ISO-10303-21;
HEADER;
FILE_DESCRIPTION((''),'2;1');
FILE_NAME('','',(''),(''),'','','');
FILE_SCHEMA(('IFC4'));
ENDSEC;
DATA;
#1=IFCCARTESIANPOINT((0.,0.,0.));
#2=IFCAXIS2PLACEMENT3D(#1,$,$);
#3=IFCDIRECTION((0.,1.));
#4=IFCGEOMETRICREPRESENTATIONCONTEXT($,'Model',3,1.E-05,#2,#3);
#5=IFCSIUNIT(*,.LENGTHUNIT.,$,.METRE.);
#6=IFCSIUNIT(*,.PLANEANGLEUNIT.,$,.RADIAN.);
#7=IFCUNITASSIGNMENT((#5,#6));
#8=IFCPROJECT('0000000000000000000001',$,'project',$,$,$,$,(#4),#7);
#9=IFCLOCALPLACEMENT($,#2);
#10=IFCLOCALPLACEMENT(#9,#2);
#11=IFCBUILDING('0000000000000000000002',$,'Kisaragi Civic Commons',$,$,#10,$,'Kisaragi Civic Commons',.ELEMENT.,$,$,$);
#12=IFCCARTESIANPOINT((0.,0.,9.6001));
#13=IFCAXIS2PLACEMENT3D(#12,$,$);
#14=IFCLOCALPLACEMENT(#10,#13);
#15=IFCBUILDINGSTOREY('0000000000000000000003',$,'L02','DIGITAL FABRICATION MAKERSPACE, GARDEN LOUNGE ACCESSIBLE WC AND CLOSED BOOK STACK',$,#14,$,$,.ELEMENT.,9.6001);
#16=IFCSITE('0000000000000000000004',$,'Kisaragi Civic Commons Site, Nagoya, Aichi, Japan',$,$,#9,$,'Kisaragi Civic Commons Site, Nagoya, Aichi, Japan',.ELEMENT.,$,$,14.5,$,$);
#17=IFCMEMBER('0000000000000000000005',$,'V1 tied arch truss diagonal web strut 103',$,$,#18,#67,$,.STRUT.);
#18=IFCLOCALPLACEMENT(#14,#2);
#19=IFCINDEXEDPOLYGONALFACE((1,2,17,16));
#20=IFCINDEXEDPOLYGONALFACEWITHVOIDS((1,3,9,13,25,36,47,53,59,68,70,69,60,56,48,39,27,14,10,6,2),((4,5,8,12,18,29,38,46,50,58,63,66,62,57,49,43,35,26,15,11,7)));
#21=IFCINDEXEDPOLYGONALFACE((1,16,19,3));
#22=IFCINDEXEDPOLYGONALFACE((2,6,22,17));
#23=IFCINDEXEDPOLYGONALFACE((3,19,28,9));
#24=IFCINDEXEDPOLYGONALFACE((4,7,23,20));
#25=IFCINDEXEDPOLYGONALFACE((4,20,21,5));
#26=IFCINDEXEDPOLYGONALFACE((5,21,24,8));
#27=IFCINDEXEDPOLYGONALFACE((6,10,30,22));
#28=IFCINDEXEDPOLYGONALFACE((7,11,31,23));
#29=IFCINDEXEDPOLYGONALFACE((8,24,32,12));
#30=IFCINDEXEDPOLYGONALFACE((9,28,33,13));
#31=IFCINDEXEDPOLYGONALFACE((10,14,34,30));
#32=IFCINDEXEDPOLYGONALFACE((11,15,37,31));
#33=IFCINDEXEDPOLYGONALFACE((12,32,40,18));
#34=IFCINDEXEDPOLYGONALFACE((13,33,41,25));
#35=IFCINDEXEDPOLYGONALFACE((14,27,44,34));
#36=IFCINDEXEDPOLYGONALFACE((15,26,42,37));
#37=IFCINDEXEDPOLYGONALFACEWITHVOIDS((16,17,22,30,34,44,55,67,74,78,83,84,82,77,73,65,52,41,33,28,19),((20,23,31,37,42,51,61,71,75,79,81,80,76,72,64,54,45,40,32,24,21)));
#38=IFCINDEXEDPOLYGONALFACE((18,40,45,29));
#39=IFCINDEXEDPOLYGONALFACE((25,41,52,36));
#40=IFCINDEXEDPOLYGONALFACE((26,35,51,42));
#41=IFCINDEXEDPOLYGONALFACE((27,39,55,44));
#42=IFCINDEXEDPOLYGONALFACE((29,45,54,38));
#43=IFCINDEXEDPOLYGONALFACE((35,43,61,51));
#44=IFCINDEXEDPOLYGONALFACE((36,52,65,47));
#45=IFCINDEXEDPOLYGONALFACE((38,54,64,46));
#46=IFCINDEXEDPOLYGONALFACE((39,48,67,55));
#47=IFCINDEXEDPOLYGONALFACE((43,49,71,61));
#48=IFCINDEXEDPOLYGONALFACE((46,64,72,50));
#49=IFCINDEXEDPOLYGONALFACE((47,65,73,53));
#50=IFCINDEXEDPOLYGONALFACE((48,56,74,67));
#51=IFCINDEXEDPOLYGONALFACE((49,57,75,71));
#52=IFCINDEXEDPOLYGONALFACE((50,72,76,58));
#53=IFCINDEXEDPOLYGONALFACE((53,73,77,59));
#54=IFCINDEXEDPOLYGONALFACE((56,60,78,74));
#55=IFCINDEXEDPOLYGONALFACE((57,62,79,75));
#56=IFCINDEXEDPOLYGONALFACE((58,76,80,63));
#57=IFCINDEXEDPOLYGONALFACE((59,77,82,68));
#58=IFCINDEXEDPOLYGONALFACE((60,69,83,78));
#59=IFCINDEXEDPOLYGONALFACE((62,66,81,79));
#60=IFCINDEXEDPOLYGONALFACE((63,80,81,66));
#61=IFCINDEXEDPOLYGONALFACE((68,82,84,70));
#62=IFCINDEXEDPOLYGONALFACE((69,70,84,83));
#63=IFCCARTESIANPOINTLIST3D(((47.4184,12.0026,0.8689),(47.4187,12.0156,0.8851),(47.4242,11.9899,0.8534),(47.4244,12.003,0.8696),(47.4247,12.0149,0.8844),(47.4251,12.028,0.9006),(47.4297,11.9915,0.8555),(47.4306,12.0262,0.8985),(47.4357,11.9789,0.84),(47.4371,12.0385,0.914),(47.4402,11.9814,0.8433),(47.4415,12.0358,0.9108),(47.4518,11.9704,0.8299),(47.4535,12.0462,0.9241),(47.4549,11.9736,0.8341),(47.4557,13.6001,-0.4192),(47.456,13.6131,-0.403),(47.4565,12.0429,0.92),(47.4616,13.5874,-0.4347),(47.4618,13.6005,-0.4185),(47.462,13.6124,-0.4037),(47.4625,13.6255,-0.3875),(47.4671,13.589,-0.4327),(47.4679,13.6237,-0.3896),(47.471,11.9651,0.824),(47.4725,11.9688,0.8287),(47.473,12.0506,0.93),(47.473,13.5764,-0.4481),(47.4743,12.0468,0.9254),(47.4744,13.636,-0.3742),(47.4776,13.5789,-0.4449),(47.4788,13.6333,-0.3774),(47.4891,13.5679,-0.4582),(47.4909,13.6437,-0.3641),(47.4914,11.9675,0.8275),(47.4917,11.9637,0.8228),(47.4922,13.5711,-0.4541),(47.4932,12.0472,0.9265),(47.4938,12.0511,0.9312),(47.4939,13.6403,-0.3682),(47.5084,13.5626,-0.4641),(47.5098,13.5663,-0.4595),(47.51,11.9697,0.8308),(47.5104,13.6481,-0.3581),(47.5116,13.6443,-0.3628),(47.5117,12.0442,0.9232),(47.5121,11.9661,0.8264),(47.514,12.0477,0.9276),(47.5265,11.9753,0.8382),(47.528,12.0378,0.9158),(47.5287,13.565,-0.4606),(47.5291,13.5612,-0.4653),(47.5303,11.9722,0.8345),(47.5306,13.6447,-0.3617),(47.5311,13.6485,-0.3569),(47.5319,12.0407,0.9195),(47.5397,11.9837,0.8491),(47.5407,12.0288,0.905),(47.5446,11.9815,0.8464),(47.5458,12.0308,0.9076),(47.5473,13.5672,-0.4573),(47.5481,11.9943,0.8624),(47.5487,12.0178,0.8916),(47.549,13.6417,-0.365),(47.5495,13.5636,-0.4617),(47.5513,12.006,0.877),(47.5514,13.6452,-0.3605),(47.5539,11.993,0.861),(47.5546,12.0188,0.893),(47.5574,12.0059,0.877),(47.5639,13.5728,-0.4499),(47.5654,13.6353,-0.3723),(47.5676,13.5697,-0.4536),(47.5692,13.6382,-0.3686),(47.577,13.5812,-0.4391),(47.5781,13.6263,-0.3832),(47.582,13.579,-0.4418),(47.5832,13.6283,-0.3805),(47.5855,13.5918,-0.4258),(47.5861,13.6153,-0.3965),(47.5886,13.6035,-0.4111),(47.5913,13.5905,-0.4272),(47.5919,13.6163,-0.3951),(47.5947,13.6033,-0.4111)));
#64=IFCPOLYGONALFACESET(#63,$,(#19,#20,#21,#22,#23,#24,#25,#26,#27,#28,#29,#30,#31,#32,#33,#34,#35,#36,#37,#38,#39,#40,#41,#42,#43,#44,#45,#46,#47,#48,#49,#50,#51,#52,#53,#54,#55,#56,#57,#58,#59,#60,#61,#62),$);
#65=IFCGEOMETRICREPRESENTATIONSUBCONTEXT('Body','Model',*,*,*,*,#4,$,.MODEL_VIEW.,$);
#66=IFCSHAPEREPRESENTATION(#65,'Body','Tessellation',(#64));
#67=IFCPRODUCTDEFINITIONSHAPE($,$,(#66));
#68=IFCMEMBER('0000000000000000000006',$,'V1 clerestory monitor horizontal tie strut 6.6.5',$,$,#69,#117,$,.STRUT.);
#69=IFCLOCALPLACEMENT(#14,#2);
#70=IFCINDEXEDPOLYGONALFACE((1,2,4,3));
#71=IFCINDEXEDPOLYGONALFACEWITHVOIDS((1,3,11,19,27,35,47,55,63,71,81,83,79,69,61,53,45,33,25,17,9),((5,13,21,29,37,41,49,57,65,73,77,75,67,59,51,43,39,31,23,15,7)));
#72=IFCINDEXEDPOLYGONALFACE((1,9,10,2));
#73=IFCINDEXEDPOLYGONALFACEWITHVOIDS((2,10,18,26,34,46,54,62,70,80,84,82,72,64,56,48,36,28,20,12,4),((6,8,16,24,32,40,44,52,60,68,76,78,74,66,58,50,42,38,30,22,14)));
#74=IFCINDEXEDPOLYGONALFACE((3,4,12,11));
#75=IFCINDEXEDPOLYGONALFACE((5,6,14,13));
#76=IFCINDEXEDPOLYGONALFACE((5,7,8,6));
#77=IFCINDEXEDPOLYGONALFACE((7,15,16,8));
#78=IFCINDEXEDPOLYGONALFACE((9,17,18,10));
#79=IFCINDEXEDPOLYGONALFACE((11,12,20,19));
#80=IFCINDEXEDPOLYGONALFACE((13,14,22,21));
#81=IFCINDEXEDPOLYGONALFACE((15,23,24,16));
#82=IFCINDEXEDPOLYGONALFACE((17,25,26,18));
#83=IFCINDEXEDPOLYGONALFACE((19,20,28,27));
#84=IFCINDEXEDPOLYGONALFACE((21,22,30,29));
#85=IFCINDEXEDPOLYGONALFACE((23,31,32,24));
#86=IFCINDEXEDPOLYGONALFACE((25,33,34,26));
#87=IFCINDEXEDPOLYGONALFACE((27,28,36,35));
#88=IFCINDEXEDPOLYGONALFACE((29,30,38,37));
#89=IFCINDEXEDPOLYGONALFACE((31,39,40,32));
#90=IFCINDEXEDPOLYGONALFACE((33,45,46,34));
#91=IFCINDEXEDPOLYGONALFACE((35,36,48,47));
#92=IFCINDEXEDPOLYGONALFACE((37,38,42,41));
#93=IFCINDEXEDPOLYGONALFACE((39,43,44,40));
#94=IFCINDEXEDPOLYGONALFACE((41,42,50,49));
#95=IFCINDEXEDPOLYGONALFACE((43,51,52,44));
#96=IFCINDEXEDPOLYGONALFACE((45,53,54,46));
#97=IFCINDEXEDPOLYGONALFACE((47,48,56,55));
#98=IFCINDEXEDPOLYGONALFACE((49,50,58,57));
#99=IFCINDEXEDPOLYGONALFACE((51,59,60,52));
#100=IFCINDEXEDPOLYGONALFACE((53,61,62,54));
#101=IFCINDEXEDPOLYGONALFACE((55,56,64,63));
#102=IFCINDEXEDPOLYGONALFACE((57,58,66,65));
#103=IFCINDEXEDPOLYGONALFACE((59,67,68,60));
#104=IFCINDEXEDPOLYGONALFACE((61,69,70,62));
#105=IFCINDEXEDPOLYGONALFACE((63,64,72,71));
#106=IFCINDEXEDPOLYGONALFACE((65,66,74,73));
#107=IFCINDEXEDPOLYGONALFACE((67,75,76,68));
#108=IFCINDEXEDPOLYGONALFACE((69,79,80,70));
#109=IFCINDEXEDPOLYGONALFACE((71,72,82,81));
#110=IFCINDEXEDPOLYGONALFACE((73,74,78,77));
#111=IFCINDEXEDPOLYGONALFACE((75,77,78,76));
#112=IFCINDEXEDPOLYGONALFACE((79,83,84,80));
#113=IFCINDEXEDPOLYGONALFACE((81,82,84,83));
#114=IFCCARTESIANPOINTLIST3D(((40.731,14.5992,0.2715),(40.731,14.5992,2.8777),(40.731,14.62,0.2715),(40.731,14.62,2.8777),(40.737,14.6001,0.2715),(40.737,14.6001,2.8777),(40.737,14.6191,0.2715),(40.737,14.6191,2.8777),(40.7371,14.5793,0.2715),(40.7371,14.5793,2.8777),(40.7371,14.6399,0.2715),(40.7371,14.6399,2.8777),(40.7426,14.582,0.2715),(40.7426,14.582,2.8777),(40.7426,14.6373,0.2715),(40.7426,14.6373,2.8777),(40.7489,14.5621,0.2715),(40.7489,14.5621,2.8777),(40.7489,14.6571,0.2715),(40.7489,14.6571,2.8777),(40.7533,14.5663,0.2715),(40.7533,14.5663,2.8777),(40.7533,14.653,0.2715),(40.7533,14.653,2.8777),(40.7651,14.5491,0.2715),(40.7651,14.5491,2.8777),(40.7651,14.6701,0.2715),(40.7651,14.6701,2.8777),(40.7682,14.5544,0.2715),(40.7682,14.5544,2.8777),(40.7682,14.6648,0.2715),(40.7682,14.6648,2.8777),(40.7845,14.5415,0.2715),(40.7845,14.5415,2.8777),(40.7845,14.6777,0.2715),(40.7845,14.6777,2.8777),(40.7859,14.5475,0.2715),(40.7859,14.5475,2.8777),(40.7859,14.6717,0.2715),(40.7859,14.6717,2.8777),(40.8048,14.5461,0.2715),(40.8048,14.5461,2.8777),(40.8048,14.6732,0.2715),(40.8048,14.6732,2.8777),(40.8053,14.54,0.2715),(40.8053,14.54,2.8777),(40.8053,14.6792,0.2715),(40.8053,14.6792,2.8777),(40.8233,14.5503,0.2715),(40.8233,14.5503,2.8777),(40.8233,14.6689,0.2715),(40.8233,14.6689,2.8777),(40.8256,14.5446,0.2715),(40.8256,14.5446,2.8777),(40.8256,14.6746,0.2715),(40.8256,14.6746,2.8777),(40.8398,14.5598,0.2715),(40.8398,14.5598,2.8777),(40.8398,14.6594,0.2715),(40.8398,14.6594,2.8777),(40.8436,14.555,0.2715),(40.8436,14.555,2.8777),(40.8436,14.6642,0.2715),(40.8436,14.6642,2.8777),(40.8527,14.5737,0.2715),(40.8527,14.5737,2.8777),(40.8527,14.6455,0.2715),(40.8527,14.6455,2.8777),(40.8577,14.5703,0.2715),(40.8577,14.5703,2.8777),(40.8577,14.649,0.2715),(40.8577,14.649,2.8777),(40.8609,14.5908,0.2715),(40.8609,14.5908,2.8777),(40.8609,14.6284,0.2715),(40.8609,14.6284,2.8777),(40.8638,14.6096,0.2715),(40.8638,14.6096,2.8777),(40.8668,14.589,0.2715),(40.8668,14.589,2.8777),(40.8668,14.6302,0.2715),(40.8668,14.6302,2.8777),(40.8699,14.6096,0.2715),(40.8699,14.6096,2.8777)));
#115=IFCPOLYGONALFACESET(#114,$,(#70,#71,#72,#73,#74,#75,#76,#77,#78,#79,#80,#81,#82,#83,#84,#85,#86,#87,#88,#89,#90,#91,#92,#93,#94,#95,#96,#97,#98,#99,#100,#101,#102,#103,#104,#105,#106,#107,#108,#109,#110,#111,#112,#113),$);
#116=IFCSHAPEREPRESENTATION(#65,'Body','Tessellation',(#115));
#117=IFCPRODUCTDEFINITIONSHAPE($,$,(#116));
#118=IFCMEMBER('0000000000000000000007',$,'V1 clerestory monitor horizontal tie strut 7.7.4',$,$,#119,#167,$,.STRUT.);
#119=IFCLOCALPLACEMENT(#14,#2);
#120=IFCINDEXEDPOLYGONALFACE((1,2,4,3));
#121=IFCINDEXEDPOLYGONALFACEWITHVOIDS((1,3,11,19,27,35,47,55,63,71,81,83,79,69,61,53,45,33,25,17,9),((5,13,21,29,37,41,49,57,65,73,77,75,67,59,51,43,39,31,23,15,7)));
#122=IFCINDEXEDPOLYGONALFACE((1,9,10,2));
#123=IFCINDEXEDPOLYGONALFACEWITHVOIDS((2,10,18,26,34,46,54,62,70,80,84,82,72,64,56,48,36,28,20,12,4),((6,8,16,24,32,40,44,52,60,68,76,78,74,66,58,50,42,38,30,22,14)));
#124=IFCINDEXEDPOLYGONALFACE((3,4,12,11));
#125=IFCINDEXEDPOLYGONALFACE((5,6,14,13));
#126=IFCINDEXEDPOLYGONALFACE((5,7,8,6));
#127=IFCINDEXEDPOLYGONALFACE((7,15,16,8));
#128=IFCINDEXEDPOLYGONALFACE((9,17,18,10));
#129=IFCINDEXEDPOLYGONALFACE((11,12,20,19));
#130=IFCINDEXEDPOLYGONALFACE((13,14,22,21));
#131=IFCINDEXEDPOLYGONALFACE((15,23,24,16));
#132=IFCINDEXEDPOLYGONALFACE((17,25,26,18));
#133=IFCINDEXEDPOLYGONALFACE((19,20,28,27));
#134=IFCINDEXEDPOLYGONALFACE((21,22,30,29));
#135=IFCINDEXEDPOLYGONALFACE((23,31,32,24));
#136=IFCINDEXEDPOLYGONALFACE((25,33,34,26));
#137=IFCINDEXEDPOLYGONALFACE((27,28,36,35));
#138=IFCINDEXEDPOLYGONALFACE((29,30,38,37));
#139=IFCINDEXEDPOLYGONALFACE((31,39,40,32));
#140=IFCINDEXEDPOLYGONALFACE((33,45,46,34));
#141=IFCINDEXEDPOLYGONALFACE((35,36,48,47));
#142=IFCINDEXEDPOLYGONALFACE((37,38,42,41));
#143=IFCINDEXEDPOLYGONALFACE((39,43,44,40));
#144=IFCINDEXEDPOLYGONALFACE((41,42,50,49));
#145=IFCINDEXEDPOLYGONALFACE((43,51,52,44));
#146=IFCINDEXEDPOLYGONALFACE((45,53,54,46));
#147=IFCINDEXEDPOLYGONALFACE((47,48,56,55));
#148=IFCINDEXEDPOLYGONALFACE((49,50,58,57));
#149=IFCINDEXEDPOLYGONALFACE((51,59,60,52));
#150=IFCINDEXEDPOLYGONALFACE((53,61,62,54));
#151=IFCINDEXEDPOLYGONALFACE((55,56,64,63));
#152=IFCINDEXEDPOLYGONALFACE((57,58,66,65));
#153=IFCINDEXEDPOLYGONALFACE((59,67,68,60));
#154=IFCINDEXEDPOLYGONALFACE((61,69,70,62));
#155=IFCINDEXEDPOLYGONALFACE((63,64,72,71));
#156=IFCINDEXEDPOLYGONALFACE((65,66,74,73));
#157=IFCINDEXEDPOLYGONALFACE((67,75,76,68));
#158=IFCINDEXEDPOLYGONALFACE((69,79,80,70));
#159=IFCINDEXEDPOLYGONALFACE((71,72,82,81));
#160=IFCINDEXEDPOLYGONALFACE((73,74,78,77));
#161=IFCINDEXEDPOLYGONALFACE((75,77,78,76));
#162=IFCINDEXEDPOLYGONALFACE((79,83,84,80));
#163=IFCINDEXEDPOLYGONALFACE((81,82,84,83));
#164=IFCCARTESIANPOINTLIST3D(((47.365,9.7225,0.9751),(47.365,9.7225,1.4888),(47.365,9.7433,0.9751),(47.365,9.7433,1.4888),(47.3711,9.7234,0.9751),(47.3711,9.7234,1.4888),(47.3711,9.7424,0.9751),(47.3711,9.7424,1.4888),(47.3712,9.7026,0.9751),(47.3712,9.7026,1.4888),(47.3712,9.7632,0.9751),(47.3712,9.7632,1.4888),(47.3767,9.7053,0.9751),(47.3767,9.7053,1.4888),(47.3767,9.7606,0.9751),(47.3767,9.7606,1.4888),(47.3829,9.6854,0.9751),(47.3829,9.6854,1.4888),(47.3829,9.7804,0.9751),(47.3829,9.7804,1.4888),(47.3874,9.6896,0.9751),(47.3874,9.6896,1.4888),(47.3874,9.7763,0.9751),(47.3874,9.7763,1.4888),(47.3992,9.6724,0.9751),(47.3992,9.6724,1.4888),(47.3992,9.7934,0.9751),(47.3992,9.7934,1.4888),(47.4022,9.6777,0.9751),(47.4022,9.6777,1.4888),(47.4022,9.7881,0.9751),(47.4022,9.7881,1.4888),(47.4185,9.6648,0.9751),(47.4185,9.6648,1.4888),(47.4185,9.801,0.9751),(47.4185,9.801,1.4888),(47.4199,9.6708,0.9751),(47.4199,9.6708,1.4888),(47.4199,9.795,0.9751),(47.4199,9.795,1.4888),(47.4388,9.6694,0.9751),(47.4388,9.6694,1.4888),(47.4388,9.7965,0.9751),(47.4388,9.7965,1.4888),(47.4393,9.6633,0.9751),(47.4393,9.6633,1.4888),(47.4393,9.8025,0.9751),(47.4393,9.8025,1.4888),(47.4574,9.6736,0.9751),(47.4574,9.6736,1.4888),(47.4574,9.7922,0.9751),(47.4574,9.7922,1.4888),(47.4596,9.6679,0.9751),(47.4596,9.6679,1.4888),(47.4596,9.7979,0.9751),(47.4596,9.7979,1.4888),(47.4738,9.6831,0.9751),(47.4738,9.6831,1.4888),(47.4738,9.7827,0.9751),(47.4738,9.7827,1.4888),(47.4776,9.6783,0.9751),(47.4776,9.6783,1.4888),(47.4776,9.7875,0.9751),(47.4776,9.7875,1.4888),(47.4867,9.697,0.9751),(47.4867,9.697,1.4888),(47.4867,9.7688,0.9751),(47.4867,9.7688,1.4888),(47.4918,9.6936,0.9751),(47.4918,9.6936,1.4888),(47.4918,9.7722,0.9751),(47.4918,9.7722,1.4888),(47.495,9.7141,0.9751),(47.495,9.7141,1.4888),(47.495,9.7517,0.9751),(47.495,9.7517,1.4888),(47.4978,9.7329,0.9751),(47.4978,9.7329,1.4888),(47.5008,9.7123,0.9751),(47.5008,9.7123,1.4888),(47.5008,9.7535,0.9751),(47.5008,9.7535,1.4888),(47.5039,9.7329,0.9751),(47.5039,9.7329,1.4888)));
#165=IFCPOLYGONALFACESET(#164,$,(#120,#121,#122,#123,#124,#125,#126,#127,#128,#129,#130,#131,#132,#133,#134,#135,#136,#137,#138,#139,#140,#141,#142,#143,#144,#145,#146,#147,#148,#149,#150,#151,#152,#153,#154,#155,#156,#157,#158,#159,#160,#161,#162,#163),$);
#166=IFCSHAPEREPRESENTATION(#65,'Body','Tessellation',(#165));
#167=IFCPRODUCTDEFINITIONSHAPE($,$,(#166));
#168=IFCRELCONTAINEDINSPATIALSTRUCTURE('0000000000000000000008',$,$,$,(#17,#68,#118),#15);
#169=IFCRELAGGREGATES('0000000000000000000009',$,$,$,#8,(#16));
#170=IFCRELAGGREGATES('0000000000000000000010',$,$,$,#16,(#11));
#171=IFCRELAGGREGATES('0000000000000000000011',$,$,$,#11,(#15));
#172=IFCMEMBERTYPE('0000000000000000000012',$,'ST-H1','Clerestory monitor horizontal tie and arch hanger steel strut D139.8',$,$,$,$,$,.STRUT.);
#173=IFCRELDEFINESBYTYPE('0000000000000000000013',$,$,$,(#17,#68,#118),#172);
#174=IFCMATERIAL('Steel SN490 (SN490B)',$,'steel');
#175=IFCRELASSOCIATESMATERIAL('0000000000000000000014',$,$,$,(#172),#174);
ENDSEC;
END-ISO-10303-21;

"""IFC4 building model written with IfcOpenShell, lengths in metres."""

from ifc_helpers import new_model, si_unit, direction, frame, origin, origin_2d, place, context, subcontext, project, spatial, hollow_circle, extrude, material, material_profile, profile_set, type_object, element, save


model = new_model("IFC4")

# Units and contexts
model_context = context("Model", 3, precision=1e-05, world=origin(), true_north=direction((0.0, 1.0)))
body_context = subcontext(model_context, "Body", "Model", "MODEL_VIEW")
ifc_project = project(units=[si_unit("LENGTHUNIT", "METRE"), si_unit("PLANEANGLEUNIT", "RADIAN")], contexts=[model_context])

# Site, building, storey
site_placement = place(None, origin())
site = spatial("IfcSite", under=ifc_project, at=site_placement, Name="Kisaragi Civic Commons Site, Nagoya, Aichi, Japan", LongName="Kisaragi Civic Commons Site, Nagoya, Aichi, Japan", CompositionType="ELEMENT", RefElevation=14.5)
building_placement = place(site_placement, origin())
building = spatial("IfcBuilding", under=site, at=building_placement, Name="Kisaragi Civic Commons", LongName="Kisaragi Civic Commons", CompositionType="ELEMENT")
storey_placement = place(building_placement, frame((0.0, 0.0, 9.6001)))
storey = spatial("IfcBuildingStorey", under=building, at=storey_placement, Name="L02", Description="DIGITAL FABRICATION MAKERSPACE, GARDEN LOUNGE ACCESSIBLE WC AND CLOSED BOOK STACK", CompositionType="ELEMENT", Elevation=9.6001)

# Members
ifc_material_1 = material(Name="Steel SN490 (SN490B)", Category="steel")
ifc_material_profile_1 = material_profile(ifc_material_1, hollow_circle(Radius=0.0698, WallThickness=0.0061, at=origin_2d()), Name="CHS-139.8x6.0", Category="steel")
ifc_profile_set_1 = profile_set([ifc_material_profile_1], Name="Steel SN490 (SN490B)")
member_type_1 = type_object("IfcMemberType", Name="ST-H1", Description="Clerestory monitor horizontal tie and arch hanger steel strut D139.8", PredefinedType="STRUT", material=ifc_profile_set_1)
member_1_placement = place(storey_placement, frame((47.5249, 13.605, -0.4111), z_axis=(-0.0182, -0.77832, 0.627604), x_axis=(0.999727, -0.023377, 0.0)))
element("IfcMember", 1, at=member_1_placement, inside=storey, type_object=member_type_1, Name="V1 tied arch truss diagonal web strut 103", PredefinedType="STRUT", context=body_context, shape_type="SweptSolid", body=[
    extrude(hollow_circle(Radius=0.0698, WallThickness=0.0061, at=origin_2d()), origin(), (0.0, 0.0, 1.0), 2.0525),
])
member_2_placement = place(storey_placement, frame((40.8, 14.6096, 0.2715), z_axis=(0.0, 0.0, 1.0), x_axis=(1.0, 0.0, 0.0)))
element("IfcMember", 2, at=member_2_placement, inside=storey, type_object=member_type_1, Name="V1 clerestory monitor horizontal tie strut 6.6.5", PredefinedType="STRUT", context=body_context, shape_type="SweptSolid", body=[
    extrude(hollow_circle(Radius=0.0698, WallThickness=0.0061, at=origin_2d()), origin(), (0.0, 0.0, 1.0), 2.6062),
])
member_3_placement = place(storey_placement, frame((47.4341, 9.7329, 0.9751), z_axis=(0.0, 0.0, 1.0), x_axis=(1.0, 0.0, 0.0)))
element("IfcMember", 3, at=member_3_placement, inside=storey, type_object=member_type_1, Name="V1 clerestory monitor horizontal tie strut 7.7.4", PredefinedType="STRUT", context=body_context, shape_type="SweptSolid", body=[
    extrude(hollow_circle(Radius=0.0698, WallThickness=0.0061, at=origin_2d()), origin(), (0.0, 0.0, 1.0), 0.5137),
])

save(model, "model.ifc")
